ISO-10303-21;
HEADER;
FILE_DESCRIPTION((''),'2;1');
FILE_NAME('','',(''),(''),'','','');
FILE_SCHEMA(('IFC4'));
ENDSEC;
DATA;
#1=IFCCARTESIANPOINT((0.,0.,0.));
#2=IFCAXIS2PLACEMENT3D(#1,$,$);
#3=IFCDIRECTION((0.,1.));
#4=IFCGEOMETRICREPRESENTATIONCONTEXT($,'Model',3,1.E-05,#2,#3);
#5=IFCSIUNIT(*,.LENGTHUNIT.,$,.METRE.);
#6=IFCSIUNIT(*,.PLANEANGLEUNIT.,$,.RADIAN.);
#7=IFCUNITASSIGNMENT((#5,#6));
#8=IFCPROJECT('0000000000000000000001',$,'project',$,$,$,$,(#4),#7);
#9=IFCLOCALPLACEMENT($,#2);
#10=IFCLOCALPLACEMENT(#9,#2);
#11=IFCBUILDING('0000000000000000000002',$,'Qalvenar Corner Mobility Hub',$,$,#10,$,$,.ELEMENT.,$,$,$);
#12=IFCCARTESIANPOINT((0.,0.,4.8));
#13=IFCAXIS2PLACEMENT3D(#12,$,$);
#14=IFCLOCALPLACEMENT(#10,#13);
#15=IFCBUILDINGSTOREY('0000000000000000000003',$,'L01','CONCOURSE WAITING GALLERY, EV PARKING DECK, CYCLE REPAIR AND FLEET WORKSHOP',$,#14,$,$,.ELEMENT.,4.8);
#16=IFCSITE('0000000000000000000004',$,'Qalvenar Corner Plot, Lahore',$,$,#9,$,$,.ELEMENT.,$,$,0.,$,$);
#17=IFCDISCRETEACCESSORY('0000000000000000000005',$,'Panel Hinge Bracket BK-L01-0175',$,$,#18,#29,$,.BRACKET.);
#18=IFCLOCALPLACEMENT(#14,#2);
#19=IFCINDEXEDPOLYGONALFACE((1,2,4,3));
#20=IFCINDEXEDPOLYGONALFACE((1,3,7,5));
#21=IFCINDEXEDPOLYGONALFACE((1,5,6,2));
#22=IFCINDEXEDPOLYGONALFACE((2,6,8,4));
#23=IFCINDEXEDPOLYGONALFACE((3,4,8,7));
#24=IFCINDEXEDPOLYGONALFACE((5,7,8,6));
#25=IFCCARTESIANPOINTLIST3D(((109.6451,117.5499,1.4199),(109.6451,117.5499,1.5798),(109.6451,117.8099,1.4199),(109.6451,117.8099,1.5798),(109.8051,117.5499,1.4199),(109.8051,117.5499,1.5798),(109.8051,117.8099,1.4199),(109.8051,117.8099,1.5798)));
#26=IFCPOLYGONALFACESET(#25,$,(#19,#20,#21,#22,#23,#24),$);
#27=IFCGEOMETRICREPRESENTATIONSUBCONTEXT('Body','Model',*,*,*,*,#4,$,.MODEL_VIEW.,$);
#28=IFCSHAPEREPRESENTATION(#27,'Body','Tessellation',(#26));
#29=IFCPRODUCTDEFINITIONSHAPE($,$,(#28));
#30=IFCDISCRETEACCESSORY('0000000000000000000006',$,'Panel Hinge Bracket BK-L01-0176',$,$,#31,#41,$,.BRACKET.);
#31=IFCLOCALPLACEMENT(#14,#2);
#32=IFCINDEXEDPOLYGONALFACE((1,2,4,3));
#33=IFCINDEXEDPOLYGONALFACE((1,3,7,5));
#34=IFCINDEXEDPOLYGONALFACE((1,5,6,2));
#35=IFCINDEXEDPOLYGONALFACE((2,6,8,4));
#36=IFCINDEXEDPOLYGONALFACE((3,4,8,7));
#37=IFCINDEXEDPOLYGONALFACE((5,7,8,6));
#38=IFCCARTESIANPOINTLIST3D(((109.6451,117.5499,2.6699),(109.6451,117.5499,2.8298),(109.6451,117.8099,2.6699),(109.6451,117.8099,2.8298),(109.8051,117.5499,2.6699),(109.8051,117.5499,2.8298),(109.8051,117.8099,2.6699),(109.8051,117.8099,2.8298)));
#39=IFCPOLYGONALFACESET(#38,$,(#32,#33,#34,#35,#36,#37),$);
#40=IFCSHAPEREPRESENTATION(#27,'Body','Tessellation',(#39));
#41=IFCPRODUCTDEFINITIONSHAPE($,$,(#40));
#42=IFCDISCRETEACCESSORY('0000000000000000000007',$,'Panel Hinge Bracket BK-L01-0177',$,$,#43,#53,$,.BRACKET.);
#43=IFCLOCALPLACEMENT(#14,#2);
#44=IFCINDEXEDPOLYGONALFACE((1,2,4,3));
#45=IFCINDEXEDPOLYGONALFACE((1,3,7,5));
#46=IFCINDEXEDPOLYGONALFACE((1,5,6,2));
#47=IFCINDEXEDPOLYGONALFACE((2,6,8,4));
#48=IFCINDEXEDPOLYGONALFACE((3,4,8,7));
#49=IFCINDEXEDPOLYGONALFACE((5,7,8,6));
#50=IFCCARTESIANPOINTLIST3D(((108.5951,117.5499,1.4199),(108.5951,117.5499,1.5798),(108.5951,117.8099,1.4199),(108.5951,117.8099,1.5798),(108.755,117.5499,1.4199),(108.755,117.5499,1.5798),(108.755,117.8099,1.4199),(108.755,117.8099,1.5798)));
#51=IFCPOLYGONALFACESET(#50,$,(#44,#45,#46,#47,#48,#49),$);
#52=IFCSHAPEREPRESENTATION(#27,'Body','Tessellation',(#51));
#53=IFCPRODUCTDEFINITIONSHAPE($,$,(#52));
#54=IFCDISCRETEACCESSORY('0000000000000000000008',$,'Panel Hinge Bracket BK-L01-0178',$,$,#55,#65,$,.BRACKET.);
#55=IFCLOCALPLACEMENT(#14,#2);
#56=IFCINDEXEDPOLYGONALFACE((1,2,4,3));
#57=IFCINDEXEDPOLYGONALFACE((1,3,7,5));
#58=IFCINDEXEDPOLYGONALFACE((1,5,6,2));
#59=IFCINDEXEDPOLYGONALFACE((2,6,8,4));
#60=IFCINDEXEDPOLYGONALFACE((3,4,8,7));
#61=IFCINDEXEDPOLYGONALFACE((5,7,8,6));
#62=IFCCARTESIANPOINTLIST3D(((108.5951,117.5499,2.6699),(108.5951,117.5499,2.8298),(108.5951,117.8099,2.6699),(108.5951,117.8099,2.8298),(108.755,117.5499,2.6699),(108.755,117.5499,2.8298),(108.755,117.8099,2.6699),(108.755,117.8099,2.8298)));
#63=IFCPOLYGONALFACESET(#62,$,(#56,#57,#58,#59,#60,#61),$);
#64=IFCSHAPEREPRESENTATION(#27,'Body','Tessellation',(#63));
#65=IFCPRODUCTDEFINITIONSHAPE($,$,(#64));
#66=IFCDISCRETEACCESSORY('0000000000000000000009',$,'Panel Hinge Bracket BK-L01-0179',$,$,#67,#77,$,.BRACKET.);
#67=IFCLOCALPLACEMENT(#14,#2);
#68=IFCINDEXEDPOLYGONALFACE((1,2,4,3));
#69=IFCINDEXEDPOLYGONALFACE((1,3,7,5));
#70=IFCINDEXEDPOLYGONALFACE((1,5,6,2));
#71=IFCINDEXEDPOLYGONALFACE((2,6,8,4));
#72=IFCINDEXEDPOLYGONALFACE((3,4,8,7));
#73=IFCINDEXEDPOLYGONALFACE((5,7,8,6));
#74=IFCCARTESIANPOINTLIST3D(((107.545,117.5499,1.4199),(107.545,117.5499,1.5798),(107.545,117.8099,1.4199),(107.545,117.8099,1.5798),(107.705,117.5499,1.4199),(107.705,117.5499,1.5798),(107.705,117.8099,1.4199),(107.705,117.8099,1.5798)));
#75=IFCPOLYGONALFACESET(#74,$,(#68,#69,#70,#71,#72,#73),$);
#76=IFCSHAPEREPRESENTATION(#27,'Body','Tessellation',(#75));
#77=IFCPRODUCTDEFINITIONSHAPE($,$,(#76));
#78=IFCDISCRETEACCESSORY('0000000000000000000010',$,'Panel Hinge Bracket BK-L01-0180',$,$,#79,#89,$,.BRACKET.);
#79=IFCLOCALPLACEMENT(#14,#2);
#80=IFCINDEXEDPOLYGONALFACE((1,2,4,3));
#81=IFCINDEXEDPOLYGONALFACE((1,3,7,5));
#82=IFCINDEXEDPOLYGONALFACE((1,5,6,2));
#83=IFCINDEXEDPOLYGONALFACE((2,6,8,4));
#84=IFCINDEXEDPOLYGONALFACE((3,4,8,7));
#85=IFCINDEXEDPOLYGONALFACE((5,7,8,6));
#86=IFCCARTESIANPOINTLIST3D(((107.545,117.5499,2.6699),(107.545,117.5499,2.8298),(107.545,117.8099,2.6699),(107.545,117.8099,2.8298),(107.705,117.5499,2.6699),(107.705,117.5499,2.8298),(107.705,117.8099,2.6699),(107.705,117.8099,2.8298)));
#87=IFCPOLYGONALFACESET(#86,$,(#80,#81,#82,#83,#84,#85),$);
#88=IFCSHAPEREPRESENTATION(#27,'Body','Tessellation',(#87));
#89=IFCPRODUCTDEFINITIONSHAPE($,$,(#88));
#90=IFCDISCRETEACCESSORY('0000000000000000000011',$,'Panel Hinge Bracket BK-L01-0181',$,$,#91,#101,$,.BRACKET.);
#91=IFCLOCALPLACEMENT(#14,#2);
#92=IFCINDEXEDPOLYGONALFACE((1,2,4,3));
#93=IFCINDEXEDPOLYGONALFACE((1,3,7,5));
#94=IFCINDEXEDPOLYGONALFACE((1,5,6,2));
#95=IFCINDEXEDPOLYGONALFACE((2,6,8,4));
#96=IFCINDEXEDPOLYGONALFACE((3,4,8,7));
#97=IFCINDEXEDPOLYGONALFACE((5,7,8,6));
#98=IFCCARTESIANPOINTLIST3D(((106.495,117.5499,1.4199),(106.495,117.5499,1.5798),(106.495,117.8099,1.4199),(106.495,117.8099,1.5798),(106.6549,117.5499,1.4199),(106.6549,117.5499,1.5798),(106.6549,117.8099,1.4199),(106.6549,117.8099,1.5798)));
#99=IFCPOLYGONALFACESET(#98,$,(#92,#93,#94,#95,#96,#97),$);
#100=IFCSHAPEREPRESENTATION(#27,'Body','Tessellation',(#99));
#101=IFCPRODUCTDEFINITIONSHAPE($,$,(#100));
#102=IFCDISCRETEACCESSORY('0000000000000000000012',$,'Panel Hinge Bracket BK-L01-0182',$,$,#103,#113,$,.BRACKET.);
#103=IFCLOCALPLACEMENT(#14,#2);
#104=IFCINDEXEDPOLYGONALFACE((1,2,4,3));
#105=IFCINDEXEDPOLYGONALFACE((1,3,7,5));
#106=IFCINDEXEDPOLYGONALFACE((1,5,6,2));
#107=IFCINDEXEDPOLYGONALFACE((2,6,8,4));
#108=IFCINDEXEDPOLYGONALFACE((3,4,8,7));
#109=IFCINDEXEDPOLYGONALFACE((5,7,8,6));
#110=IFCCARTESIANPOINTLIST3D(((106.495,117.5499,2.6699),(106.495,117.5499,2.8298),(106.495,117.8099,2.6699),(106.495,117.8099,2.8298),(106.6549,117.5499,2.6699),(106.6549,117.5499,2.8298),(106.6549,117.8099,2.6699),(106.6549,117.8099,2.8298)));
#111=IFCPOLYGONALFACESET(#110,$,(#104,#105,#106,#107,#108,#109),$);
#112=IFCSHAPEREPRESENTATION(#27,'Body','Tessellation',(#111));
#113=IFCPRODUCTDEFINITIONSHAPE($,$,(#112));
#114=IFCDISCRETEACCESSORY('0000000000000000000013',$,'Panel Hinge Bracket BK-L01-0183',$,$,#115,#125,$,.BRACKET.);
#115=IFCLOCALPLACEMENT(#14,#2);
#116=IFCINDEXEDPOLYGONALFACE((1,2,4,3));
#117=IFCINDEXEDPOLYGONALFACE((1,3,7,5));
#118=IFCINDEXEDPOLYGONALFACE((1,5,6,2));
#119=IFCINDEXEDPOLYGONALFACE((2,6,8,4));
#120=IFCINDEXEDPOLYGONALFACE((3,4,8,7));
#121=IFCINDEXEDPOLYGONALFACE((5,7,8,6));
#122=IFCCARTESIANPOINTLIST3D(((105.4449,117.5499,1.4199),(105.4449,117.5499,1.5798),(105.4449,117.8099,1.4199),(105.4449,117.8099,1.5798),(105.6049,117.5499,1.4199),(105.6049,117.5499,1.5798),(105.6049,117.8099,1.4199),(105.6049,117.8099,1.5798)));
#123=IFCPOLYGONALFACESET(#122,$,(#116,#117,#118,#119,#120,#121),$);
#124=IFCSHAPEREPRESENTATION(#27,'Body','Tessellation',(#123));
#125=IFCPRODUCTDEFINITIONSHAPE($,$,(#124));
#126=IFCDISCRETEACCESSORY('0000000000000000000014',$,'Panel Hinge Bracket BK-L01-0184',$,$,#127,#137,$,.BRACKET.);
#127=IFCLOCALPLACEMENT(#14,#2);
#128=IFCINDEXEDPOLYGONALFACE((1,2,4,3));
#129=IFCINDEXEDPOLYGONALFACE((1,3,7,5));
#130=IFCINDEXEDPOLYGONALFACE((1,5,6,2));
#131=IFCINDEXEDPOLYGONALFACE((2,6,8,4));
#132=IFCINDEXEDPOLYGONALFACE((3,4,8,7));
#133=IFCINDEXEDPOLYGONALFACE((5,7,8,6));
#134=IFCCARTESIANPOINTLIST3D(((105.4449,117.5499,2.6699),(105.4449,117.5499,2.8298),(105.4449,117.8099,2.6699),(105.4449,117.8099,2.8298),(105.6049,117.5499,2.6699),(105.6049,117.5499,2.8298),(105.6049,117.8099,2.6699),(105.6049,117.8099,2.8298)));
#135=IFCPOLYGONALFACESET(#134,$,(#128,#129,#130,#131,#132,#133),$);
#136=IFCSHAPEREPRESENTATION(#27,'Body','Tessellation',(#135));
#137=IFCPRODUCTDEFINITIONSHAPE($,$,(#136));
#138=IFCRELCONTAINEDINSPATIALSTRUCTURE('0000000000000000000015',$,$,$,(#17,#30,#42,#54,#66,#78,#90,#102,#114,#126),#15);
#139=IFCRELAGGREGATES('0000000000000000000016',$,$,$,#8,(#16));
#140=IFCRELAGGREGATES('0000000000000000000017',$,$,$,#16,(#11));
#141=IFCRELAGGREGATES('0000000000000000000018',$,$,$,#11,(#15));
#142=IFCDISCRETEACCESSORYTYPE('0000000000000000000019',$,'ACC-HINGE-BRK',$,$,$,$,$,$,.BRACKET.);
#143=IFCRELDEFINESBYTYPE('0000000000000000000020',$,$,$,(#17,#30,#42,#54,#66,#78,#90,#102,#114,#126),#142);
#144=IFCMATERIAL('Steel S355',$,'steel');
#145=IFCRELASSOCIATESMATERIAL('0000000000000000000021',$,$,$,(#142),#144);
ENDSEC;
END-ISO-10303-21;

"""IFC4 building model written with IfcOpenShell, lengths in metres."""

from ifc_helpers import new_model, si_unit, direction, frame, origin, origin_2d, place, context, subcontext, project, spatial, rectangle, extrude, material, type_object, element, save


model = new_model("IFC4")

# Units and contexts
model_context = context("Model", 3, precision=1e-05, world=origin(), true_north=direction((0.0, 1.0)))
body_context = subcontext(model_context, "Body", "Model", "MODEL_VIEW")
ifc_project = project(units=[si_unit("LENGTHUNIT", "METRE"), si_unit("PLANEANGLEUNIT", "RADIAN")], contexts=[model_context])

# Site, building, storey
site_placement = place(None, origin())
site = spatial("IfcSite", under=ifc_project, at=site_placement, Name="Qalvenar Corner Plot, Lahore", CompositionType="ELEMENT", RefElevation=0.0)
building_placement = place(site_placement, origin())
building = spatial("IfcBuilding", under=site, at=building_placement, Name="Qalvenar Corner Mobility Hub", CompositionType="ELEMENT")
storey_placement = place(building_placement, frame((0.0, 0.0, 4.8)))
storey = spatial("IfcBuildingStorey", under=building, at=storey_placement, Name="L01", Description="CONCOURSE WAITING GALLERY, EV PARKING DECK, CYCLE REPAIR AND FLEET WORKSHOP", CompositionType="ELEMENT", Elevation=4.8)

# Discrete accessories
ifc_material_1 = material(Name="Steel S355", Category="steel")
discrete_accessory_type = type_object("IfcDiscreteAccessoryType", Name="ACC-HINGE-BRK", PredefinedType="BRACKET", material=ifc_material_1)
for number, where, z_axis, x_axis, name in (
    (1, (109.7251, 117.6799, 1.4199), (0.0, 0.0, 1.0), (-1.0, 0.0, 0.0), "Panel Hinge Bracket BK-L01-0175"),
    (2, (109.7251, 117.6799, 2.6699), (0.0, 0.0, 1.0), (-1.0, 0.0, 0.0), "Panel Hinge Bracket BK-L01-0176"),
    (3, (108.675, 117.6799, 1.4199), (0.0, 0.0, 1.0), (-1.0, 0.0, 0.0), "Panel Hinge Bracket BK-L01-0177"),
    (4, (108.675, 117.6799, 2.6699), (0.0, 0.0, 1.0), (-1.0, 0.0, 0.0), "Panel Hinge Bracket BK-L01-0178"),
    (5, (107.625, 117.6799, 1.4199), (0.0, 0.0, 1.0), (-1.0, 0.0, 0.0), "Panel Hinge Bracket BK-L01-0179"),
    (6, (107.625, 117.6799, 2.6699), (0.0, 0.0, 1.0), (-1.0, 0.0, 0.0), "Panel Hinge Bracket BK-L01-0180"),
    (7, (106.575, 117.6799, 1.4199), (0.0, 0.0, 1.0), (-1.0, 0.0, 0.0), "Panel Hinge Bracket BK-L01-0181"),
    (8, (106.575, 117.6799, 2.6699), (0.0, 0.0, 1.0), (-1.0, 0.0, 0.0), "Panel Hinge Bracket BK-L01-0182"),
    (9, (105.5249, 117.6799, 1.4199), (0.0, 0.0, 1.0), (-1.0, 0.0, 0.0), "Panel Hinge Bracket BK-L01-0183"),
    (10, (105.5249, 117.6799, 2.6699), (0.0, 0.0, 1.0), (-1.0, 0.0, 0.0), "Panel Hinge Bracket BK-L01-0184"),
):
    element("IfcDiscreteAccessory", number, at=place(storey_placement, frame(where, z_axis=z_axis, x_axis=x_axis)), inside=storey, type_object=discrete_accessory_type, Name=name, PredefinedType="BRACKET", context=body_context, shape_type="SweptSolid", body=[
        extrude(rectangle(XDim=0.1599, YDim=0.26, at=origin_2d()), origin(), (0.0, 0.0, 1.0), 0.1599),
    ])

save(model, "model.ifc")
